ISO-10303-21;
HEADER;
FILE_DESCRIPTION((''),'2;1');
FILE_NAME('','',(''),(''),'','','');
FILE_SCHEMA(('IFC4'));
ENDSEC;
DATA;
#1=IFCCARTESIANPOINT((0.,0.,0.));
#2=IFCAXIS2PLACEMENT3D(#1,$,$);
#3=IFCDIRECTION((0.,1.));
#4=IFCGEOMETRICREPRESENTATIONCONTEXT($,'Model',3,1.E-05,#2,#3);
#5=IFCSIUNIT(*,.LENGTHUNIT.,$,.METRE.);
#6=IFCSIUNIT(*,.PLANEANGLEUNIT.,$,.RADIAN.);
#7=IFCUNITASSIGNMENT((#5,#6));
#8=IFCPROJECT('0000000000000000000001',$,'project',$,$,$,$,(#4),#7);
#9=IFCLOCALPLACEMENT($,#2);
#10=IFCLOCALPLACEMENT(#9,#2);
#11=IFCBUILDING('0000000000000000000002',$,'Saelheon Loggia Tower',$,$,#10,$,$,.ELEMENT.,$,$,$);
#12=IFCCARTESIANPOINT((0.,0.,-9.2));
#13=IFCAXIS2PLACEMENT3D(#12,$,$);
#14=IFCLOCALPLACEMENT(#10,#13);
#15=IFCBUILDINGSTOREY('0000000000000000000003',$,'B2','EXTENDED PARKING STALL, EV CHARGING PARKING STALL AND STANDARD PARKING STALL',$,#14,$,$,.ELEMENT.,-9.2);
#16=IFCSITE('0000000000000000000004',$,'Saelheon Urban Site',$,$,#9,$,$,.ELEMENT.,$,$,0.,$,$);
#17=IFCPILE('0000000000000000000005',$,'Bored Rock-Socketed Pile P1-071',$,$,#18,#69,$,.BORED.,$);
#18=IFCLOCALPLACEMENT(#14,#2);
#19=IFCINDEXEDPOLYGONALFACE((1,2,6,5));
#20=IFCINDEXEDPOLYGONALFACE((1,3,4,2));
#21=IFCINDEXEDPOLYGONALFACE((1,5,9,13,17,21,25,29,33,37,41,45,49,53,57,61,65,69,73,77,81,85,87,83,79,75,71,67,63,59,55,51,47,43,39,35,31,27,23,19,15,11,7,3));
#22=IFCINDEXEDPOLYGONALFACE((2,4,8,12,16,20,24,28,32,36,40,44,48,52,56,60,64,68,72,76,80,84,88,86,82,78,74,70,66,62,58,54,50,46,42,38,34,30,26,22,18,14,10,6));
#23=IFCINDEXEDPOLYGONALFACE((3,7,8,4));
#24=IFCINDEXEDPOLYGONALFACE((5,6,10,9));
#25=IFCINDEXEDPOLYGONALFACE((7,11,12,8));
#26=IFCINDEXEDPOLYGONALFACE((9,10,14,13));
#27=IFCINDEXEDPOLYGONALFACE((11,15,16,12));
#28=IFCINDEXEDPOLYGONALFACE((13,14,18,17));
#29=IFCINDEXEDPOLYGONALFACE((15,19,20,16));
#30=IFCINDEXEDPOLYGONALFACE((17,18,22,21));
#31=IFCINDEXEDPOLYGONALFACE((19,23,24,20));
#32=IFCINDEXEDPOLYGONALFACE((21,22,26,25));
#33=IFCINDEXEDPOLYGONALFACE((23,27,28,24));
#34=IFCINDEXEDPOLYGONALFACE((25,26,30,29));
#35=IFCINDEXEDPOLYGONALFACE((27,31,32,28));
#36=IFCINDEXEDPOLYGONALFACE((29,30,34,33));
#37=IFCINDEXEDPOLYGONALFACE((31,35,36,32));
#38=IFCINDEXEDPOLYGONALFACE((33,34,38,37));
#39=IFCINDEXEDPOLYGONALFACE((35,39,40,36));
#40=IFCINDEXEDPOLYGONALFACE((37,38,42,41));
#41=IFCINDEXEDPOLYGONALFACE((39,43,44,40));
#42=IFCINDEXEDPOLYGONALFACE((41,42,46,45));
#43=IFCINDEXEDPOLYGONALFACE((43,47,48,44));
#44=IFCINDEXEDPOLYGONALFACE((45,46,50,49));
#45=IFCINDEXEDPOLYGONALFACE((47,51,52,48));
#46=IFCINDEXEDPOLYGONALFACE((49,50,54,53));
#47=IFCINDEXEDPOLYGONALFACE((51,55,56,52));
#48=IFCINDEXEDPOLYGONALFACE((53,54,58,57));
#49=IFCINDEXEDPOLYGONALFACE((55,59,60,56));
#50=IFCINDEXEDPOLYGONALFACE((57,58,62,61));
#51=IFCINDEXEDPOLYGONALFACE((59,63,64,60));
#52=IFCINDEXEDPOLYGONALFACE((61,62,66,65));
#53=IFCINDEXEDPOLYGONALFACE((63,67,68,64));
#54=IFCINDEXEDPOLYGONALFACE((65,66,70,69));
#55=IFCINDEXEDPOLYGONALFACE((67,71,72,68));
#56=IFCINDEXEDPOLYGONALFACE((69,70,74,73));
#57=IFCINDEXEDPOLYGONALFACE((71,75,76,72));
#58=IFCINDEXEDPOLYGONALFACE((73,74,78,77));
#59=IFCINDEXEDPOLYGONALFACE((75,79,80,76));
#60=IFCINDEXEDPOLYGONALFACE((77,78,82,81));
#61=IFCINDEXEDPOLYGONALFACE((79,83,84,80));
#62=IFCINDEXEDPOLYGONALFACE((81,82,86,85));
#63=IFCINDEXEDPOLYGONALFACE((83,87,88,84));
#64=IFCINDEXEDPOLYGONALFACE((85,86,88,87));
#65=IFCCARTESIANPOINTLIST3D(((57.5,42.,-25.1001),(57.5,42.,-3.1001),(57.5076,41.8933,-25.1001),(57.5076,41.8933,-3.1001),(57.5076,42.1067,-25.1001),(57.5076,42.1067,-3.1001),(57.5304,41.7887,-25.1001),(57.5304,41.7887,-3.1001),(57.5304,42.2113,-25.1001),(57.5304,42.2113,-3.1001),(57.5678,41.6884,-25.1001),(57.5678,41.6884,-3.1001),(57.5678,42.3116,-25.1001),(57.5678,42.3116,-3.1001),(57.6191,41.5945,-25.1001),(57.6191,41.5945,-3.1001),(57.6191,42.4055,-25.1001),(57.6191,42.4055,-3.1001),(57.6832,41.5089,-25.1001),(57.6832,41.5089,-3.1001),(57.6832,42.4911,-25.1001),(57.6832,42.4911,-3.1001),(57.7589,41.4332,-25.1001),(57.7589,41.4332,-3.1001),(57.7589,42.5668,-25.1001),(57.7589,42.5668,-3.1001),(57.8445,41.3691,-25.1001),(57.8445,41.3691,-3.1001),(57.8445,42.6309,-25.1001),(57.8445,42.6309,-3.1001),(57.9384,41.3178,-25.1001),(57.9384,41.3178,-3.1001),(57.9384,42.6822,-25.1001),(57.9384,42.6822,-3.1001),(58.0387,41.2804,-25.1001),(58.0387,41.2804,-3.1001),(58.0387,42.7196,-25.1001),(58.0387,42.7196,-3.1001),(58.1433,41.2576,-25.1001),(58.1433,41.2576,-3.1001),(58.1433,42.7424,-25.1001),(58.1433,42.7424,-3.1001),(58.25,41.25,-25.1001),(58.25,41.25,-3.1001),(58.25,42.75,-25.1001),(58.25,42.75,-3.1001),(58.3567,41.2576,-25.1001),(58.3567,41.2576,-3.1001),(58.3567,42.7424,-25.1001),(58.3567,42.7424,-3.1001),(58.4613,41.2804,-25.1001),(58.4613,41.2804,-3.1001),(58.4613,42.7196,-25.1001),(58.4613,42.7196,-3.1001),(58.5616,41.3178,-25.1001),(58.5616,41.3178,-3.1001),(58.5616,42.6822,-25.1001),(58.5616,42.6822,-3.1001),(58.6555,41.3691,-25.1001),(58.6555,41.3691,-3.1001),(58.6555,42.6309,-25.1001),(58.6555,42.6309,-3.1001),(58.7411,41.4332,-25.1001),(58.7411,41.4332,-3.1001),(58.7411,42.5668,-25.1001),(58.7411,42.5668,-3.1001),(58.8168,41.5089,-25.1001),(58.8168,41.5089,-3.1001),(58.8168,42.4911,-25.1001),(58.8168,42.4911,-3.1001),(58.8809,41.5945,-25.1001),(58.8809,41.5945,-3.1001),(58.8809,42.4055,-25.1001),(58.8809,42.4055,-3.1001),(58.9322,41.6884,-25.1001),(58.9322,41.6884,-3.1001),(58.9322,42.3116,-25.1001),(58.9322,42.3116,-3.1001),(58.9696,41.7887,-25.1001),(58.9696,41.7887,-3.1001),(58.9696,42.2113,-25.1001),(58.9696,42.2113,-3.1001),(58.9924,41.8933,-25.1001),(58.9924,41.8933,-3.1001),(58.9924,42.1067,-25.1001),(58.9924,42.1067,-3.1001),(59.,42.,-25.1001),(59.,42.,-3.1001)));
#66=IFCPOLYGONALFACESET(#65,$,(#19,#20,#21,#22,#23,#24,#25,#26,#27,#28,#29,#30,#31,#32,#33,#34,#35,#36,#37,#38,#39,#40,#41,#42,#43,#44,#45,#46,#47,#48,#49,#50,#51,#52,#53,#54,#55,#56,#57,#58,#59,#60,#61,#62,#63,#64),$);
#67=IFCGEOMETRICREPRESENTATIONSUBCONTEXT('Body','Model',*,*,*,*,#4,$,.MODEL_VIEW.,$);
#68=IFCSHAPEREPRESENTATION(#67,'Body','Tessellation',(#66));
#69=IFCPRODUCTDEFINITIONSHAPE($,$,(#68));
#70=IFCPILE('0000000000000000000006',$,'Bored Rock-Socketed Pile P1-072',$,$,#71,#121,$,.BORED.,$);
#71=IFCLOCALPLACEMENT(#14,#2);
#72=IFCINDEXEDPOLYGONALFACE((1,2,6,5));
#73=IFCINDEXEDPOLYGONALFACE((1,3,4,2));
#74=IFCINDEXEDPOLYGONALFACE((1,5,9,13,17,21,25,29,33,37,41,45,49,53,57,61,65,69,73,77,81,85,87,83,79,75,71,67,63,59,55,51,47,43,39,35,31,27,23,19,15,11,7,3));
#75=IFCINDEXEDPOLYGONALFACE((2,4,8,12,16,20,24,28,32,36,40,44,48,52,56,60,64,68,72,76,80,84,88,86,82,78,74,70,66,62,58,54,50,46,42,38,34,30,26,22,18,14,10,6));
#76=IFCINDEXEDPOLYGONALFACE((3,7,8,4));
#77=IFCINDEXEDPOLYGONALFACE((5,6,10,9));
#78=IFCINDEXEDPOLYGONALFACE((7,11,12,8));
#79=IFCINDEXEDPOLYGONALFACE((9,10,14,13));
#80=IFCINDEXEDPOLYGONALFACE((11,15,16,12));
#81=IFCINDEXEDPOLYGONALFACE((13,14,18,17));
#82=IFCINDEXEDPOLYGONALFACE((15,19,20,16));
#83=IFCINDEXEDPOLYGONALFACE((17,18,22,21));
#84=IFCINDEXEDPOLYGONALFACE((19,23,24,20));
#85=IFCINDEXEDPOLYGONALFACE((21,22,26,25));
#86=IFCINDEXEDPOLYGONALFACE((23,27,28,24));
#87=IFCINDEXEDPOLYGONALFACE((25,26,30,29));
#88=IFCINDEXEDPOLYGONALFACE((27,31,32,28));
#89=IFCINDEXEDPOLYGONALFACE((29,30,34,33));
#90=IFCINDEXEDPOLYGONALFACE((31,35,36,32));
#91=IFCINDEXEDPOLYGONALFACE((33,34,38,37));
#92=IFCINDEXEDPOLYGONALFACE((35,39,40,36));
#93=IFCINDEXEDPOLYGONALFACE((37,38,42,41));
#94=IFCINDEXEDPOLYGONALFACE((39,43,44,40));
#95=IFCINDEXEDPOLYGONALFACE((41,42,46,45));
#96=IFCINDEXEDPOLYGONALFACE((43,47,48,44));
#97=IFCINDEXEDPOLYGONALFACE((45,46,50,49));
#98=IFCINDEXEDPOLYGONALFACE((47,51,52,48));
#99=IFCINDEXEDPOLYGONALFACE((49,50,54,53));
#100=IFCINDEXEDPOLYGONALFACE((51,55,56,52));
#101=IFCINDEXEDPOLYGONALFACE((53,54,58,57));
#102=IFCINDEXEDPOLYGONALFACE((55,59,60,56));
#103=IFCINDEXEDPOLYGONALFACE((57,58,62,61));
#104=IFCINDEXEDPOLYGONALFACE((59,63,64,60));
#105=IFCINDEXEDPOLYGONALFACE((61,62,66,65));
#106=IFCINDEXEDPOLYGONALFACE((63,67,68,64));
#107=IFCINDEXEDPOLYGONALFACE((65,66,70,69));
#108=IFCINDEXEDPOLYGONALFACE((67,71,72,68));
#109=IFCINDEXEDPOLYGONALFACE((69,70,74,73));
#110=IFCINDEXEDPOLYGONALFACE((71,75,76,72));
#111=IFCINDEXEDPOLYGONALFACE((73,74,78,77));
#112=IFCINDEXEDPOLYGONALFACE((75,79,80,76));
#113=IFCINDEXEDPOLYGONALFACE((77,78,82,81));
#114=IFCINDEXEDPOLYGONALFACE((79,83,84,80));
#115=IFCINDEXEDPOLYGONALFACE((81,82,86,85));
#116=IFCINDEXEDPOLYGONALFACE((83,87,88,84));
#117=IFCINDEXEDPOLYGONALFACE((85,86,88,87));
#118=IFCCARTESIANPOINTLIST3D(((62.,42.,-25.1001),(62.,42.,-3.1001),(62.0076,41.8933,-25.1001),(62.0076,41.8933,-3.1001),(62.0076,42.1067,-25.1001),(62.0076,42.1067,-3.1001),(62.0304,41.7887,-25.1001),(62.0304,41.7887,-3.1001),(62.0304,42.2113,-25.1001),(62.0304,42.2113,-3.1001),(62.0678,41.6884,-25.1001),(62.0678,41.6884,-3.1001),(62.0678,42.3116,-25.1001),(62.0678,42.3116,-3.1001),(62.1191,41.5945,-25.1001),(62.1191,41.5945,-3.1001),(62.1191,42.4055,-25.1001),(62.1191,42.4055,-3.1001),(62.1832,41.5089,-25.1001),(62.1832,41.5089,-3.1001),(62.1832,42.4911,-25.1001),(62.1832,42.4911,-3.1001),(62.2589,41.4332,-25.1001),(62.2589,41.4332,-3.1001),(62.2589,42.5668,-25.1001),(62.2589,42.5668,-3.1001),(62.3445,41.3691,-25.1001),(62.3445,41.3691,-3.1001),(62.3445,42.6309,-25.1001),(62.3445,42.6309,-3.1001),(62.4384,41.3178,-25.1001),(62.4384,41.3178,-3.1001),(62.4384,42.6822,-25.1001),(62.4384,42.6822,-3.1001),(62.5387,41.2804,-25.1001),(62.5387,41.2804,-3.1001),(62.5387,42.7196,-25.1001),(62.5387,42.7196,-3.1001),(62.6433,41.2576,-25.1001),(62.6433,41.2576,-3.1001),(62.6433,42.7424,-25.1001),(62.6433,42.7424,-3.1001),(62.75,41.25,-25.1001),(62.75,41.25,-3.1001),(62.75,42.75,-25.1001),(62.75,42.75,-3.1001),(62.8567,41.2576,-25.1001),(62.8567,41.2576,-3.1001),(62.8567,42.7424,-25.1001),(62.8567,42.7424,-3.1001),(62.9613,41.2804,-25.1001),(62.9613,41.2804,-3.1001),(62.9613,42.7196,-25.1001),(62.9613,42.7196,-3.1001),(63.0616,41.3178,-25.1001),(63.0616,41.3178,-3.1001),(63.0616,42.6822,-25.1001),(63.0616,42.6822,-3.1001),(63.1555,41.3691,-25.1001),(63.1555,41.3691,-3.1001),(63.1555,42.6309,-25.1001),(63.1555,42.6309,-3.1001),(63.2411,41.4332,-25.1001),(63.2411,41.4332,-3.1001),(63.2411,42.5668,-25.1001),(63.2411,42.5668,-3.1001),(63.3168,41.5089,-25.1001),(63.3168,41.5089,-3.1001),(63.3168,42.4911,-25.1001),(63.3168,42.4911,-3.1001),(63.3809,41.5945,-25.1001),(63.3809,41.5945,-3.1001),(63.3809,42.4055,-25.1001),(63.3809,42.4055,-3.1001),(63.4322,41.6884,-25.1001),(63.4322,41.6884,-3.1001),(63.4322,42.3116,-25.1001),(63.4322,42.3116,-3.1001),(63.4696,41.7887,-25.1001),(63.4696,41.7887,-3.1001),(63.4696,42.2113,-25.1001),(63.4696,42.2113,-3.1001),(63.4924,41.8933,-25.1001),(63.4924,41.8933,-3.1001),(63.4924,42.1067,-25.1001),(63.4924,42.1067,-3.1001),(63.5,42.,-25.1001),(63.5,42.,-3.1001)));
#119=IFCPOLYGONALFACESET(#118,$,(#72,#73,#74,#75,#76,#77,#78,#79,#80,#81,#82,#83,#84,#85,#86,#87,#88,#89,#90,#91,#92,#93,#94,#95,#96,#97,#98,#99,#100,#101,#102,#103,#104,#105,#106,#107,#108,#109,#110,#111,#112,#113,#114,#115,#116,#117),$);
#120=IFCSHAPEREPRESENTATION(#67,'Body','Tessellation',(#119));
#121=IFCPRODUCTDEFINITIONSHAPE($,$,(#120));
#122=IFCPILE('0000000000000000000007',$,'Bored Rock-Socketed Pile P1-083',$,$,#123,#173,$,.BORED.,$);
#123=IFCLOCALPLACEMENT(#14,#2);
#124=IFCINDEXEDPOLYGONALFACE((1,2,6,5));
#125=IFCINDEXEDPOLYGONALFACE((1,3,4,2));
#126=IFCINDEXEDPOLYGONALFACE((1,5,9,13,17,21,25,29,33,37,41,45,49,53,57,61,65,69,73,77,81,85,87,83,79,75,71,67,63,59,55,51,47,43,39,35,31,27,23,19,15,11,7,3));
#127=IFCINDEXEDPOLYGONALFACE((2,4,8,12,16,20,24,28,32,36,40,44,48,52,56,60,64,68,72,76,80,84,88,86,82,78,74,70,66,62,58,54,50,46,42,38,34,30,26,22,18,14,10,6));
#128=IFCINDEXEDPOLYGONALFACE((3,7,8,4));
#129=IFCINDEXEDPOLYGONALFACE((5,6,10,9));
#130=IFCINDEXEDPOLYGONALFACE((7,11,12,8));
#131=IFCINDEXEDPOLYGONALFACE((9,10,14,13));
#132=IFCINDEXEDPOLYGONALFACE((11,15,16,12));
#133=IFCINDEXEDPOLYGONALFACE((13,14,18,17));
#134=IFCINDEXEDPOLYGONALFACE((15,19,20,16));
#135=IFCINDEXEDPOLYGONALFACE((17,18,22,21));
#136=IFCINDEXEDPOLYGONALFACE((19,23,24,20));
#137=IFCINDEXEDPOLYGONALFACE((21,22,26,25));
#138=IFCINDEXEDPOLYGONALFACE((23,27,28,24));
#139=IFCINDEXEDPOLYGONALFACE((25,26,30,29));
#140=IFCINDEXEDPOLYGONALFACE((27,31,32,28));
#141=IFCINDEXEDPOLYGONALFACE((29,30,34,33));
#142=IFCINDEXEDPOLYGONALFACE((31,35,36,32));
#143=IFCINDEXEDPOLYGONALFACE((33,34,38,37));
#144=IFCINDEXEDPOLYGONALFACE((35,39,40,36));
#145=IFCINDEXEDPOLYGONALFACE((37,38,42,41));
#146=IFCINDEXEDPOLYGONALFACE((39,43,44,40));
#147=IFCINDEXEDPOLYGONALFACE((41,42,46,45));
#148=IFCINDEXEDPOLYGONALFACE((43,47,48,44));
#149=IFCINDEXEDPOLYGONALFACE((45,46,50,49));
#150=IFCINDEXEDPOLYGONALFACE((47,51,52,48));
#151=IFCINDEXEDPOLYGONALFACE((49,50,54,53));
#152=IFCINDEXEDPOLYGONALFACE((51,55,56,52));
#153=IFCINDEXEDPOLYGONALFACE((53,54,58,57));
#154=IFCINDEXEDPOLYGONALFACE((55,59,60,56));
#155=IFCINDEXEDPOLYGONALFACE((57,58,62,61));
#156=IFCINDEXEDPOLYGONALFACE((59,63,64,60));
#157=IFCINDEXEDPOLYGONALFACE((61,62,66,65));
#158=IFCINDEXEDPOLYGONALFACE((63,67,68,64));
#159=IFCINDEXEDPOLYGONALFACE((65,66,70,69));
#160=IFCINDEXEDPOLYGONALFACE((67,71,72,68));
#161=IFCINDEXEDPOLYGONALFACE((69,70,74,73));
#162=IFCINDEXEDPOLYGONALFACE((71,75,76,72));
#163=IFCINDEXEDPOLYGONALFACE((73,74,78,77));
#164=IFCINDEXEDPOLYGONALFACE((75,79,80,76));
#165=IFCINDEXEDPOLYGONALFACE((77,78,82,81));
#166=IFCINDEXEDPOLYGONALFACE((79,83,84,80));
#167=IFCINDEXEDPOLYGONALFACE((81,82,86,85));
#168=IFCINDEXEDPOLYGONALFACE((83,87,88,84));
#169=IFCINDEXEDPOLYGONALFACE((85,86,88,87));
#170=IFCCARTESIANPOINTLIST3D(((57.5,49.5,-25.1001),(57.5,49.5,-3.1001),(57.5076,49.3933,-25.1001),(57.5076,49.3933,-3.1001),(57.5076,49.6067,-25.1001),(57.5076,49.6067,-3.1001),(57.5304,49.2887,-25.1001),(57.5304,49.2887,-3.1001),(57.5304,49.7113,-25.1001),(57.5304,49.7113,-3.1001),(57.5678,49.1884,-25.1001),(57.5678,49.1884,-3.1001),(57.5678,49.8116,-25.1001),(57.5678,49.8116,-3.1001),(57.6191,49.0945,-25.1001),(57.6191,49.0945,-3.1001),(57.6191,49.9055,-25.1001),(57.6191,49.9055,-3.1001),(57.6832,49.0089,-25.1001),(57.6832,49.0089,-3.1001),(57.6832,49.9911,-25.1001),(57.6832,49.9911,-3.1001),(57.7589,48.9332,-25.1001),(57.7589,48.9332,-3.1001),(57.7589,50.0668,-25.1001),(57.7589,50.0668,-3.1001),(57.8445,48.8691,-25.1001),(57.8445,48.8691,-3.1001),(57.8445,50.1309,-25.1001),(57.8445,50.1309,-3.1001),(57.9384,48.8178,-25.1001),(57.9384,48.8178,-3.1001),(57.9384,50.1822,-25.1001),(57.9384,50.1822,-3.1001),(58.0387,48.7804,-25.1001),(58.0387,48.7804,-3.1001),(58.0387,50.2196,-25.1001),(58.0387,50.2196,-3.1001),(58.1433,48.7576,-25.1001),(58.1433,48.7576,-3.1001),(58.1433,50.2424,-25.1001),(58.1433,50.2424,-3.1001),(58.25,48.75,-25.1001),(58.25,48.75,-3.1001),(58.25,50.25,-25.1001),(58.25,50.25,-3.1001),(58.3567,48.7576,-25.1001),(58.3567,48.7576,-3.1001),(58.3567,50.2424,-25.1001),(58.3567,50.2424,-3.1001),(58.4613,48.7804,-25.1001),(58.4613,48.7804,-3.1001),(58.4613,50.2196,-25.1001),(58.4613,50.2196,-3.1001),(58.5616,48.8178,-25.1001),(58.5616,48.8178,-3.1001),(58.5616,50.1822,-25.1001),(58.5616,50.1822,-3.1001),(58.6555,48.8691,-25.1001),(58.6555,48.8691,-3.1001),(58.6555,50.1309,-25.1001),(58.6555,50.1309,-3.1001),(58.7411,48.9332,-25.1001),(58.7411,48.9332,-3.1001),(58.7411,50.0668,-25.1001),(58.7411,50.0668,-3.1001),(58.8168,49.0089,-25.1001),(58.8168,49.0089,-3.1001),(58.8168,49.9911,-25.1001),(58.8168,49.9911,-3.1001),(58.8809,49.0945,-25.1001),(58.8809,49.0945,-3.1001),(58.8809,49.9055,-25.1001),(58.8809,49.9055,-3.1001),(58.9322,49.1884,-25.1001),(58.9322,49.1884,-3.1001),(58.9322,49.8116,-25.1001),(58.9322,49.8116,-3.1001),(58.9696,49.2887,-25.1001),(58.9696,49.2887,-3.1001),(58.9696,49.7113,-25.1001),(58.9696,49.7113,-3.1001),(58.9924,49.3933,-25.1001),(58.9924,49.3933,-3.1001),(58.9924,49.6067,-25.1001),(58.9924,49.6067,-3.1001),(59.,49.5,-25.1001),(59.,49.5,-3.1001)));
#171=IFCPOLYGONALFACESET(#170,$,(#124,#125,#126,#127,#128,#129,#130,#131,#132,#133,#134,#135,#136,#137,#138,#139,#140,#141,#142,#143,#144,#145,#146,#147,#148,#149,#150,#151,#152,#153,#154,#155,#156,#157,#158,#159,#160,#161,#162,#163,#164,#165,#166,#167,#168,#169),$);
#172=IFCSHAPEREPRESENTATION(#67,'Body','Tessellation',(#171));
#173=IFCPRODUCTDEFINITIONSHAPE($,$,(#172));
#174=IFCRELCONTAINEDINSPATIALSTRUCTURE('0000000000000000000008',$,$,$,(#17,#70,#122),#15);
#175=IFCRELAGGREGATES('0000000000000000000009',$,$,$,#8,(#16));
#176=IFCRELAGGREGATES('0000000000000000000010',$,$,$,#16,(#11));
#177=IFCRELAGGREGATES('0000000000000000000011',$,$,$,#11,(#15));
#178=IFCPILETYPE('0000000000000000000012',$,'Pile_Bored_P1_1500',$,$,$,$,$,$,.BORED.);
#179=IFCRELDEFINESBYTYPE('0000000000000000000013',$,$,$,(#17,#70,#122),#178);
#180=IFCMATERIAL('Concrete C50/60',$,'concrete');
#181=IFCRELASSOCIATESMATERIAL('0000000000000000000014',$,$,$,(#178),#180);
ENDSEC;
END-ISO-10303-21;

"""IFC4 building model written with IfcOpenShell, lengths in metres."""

from ifc_helpers import new_model, si_unit, direction, frame, origin, origin_2d, place, context, subcontext, project, spatial, circle, extrude, source, transform, mapped, material, material_profile, profile_set, type_object, element, save


model = new_model("IFC4")

# Units and contexts
model_context = context("Model", 3, precision=1e-05, world=origin(), true_north=direction((0.0, 1.0)))
body_context = subcontext(model_context, "Body", "Model", "MODEL_VIEW")
ifc_project = project(units=[si_unit("LENGTHUNIT", "METRE"), si_unit("PLANEANGLEUNIT", "RADIAN")], contexts=[model_context])

# Site, building, storey
site_placement = place(None, origin())
site = spatial("IfcSite", under=ifc_project, at=site_placement, Name="Saelheon Urban Site", CompositionType="ELEMENT", RefElevation=0.0)
building_placement = place(site_placement, origin())
building = spatial("IfcBuilding", under=site, at=building_placement, Name="Saelheon Loggia Tower", CompositionType="ELEMENT")
storey_placement = place(building_placement, frame((0.0, 0.0, -9.2)))
storey = spatial("IfcBuildingStorey", under=building, at=storey_placement, Name="B2", Description="EXTENDED PARKING STALL, EV CHARGING PARKING STALL AND STANDARD PARKING STALL", CompositionType="ELEMENT", Elevation=-9.2)

# Piles
ifc_material_1 = material(Name="Concrete C50/60", Category="concrete")
ifc_material_profile_1 = material_profile(ifc_material_1, circle(Radius=0.75, at=origin_2d()), Name="CIRC-1500")
ifc_profile_set_1 = profile_set([ifc_material_profile_1], Name="Concrete C50/60")
pile_type_1 = type_object("IfcPileType", Name="Pile_Bored_P1_1500", PredefinedType="BORED", material=ifc_profile_set_1)
shared_shape_1 = source(origin(), body_context, "Body", "SweptSolid", [
    extrude(circle(Radius=0.75, at=origin_2d()), origin(), (0.0, 0.0, 1.0), 22.0),
])
for number, where, z_axis, x_axis, name in (
    (1, (58.25, 42.0, -3.1001), (0.0, 0.0, -1.0), (1.0, 0.0, 0.0), "Bored Rock-Socketed Pile P1-071"),
    (2, (62.75, 42.0, -3.1001), (0.0, 0.0, -1.0), (1.0, 0.0, 0.0), "Bored Rock-Socketed Pile P1-072"),
    (3, (58.25, 49.5, -3.1001), (0.0, 0.0, -1.0), (1.0, 0.0, 0.0), "Bored Rock-Socketed Pile P1-083"),
):
    element("IfcPile", number, at=place(storey_placement, frame(where, z_axis=z_axis, x_axis=x_axis)), inside=storey, type_object=pile_type_1, Name=name, PredefinedType="BORED", context=body_context, shape_type="MappedRepresentation", body=[
        mapped(shared_shape_1, transform((0.0, 0.0, 0.0), scale=1.0)),
    ])

save(model, "model.ifc")
